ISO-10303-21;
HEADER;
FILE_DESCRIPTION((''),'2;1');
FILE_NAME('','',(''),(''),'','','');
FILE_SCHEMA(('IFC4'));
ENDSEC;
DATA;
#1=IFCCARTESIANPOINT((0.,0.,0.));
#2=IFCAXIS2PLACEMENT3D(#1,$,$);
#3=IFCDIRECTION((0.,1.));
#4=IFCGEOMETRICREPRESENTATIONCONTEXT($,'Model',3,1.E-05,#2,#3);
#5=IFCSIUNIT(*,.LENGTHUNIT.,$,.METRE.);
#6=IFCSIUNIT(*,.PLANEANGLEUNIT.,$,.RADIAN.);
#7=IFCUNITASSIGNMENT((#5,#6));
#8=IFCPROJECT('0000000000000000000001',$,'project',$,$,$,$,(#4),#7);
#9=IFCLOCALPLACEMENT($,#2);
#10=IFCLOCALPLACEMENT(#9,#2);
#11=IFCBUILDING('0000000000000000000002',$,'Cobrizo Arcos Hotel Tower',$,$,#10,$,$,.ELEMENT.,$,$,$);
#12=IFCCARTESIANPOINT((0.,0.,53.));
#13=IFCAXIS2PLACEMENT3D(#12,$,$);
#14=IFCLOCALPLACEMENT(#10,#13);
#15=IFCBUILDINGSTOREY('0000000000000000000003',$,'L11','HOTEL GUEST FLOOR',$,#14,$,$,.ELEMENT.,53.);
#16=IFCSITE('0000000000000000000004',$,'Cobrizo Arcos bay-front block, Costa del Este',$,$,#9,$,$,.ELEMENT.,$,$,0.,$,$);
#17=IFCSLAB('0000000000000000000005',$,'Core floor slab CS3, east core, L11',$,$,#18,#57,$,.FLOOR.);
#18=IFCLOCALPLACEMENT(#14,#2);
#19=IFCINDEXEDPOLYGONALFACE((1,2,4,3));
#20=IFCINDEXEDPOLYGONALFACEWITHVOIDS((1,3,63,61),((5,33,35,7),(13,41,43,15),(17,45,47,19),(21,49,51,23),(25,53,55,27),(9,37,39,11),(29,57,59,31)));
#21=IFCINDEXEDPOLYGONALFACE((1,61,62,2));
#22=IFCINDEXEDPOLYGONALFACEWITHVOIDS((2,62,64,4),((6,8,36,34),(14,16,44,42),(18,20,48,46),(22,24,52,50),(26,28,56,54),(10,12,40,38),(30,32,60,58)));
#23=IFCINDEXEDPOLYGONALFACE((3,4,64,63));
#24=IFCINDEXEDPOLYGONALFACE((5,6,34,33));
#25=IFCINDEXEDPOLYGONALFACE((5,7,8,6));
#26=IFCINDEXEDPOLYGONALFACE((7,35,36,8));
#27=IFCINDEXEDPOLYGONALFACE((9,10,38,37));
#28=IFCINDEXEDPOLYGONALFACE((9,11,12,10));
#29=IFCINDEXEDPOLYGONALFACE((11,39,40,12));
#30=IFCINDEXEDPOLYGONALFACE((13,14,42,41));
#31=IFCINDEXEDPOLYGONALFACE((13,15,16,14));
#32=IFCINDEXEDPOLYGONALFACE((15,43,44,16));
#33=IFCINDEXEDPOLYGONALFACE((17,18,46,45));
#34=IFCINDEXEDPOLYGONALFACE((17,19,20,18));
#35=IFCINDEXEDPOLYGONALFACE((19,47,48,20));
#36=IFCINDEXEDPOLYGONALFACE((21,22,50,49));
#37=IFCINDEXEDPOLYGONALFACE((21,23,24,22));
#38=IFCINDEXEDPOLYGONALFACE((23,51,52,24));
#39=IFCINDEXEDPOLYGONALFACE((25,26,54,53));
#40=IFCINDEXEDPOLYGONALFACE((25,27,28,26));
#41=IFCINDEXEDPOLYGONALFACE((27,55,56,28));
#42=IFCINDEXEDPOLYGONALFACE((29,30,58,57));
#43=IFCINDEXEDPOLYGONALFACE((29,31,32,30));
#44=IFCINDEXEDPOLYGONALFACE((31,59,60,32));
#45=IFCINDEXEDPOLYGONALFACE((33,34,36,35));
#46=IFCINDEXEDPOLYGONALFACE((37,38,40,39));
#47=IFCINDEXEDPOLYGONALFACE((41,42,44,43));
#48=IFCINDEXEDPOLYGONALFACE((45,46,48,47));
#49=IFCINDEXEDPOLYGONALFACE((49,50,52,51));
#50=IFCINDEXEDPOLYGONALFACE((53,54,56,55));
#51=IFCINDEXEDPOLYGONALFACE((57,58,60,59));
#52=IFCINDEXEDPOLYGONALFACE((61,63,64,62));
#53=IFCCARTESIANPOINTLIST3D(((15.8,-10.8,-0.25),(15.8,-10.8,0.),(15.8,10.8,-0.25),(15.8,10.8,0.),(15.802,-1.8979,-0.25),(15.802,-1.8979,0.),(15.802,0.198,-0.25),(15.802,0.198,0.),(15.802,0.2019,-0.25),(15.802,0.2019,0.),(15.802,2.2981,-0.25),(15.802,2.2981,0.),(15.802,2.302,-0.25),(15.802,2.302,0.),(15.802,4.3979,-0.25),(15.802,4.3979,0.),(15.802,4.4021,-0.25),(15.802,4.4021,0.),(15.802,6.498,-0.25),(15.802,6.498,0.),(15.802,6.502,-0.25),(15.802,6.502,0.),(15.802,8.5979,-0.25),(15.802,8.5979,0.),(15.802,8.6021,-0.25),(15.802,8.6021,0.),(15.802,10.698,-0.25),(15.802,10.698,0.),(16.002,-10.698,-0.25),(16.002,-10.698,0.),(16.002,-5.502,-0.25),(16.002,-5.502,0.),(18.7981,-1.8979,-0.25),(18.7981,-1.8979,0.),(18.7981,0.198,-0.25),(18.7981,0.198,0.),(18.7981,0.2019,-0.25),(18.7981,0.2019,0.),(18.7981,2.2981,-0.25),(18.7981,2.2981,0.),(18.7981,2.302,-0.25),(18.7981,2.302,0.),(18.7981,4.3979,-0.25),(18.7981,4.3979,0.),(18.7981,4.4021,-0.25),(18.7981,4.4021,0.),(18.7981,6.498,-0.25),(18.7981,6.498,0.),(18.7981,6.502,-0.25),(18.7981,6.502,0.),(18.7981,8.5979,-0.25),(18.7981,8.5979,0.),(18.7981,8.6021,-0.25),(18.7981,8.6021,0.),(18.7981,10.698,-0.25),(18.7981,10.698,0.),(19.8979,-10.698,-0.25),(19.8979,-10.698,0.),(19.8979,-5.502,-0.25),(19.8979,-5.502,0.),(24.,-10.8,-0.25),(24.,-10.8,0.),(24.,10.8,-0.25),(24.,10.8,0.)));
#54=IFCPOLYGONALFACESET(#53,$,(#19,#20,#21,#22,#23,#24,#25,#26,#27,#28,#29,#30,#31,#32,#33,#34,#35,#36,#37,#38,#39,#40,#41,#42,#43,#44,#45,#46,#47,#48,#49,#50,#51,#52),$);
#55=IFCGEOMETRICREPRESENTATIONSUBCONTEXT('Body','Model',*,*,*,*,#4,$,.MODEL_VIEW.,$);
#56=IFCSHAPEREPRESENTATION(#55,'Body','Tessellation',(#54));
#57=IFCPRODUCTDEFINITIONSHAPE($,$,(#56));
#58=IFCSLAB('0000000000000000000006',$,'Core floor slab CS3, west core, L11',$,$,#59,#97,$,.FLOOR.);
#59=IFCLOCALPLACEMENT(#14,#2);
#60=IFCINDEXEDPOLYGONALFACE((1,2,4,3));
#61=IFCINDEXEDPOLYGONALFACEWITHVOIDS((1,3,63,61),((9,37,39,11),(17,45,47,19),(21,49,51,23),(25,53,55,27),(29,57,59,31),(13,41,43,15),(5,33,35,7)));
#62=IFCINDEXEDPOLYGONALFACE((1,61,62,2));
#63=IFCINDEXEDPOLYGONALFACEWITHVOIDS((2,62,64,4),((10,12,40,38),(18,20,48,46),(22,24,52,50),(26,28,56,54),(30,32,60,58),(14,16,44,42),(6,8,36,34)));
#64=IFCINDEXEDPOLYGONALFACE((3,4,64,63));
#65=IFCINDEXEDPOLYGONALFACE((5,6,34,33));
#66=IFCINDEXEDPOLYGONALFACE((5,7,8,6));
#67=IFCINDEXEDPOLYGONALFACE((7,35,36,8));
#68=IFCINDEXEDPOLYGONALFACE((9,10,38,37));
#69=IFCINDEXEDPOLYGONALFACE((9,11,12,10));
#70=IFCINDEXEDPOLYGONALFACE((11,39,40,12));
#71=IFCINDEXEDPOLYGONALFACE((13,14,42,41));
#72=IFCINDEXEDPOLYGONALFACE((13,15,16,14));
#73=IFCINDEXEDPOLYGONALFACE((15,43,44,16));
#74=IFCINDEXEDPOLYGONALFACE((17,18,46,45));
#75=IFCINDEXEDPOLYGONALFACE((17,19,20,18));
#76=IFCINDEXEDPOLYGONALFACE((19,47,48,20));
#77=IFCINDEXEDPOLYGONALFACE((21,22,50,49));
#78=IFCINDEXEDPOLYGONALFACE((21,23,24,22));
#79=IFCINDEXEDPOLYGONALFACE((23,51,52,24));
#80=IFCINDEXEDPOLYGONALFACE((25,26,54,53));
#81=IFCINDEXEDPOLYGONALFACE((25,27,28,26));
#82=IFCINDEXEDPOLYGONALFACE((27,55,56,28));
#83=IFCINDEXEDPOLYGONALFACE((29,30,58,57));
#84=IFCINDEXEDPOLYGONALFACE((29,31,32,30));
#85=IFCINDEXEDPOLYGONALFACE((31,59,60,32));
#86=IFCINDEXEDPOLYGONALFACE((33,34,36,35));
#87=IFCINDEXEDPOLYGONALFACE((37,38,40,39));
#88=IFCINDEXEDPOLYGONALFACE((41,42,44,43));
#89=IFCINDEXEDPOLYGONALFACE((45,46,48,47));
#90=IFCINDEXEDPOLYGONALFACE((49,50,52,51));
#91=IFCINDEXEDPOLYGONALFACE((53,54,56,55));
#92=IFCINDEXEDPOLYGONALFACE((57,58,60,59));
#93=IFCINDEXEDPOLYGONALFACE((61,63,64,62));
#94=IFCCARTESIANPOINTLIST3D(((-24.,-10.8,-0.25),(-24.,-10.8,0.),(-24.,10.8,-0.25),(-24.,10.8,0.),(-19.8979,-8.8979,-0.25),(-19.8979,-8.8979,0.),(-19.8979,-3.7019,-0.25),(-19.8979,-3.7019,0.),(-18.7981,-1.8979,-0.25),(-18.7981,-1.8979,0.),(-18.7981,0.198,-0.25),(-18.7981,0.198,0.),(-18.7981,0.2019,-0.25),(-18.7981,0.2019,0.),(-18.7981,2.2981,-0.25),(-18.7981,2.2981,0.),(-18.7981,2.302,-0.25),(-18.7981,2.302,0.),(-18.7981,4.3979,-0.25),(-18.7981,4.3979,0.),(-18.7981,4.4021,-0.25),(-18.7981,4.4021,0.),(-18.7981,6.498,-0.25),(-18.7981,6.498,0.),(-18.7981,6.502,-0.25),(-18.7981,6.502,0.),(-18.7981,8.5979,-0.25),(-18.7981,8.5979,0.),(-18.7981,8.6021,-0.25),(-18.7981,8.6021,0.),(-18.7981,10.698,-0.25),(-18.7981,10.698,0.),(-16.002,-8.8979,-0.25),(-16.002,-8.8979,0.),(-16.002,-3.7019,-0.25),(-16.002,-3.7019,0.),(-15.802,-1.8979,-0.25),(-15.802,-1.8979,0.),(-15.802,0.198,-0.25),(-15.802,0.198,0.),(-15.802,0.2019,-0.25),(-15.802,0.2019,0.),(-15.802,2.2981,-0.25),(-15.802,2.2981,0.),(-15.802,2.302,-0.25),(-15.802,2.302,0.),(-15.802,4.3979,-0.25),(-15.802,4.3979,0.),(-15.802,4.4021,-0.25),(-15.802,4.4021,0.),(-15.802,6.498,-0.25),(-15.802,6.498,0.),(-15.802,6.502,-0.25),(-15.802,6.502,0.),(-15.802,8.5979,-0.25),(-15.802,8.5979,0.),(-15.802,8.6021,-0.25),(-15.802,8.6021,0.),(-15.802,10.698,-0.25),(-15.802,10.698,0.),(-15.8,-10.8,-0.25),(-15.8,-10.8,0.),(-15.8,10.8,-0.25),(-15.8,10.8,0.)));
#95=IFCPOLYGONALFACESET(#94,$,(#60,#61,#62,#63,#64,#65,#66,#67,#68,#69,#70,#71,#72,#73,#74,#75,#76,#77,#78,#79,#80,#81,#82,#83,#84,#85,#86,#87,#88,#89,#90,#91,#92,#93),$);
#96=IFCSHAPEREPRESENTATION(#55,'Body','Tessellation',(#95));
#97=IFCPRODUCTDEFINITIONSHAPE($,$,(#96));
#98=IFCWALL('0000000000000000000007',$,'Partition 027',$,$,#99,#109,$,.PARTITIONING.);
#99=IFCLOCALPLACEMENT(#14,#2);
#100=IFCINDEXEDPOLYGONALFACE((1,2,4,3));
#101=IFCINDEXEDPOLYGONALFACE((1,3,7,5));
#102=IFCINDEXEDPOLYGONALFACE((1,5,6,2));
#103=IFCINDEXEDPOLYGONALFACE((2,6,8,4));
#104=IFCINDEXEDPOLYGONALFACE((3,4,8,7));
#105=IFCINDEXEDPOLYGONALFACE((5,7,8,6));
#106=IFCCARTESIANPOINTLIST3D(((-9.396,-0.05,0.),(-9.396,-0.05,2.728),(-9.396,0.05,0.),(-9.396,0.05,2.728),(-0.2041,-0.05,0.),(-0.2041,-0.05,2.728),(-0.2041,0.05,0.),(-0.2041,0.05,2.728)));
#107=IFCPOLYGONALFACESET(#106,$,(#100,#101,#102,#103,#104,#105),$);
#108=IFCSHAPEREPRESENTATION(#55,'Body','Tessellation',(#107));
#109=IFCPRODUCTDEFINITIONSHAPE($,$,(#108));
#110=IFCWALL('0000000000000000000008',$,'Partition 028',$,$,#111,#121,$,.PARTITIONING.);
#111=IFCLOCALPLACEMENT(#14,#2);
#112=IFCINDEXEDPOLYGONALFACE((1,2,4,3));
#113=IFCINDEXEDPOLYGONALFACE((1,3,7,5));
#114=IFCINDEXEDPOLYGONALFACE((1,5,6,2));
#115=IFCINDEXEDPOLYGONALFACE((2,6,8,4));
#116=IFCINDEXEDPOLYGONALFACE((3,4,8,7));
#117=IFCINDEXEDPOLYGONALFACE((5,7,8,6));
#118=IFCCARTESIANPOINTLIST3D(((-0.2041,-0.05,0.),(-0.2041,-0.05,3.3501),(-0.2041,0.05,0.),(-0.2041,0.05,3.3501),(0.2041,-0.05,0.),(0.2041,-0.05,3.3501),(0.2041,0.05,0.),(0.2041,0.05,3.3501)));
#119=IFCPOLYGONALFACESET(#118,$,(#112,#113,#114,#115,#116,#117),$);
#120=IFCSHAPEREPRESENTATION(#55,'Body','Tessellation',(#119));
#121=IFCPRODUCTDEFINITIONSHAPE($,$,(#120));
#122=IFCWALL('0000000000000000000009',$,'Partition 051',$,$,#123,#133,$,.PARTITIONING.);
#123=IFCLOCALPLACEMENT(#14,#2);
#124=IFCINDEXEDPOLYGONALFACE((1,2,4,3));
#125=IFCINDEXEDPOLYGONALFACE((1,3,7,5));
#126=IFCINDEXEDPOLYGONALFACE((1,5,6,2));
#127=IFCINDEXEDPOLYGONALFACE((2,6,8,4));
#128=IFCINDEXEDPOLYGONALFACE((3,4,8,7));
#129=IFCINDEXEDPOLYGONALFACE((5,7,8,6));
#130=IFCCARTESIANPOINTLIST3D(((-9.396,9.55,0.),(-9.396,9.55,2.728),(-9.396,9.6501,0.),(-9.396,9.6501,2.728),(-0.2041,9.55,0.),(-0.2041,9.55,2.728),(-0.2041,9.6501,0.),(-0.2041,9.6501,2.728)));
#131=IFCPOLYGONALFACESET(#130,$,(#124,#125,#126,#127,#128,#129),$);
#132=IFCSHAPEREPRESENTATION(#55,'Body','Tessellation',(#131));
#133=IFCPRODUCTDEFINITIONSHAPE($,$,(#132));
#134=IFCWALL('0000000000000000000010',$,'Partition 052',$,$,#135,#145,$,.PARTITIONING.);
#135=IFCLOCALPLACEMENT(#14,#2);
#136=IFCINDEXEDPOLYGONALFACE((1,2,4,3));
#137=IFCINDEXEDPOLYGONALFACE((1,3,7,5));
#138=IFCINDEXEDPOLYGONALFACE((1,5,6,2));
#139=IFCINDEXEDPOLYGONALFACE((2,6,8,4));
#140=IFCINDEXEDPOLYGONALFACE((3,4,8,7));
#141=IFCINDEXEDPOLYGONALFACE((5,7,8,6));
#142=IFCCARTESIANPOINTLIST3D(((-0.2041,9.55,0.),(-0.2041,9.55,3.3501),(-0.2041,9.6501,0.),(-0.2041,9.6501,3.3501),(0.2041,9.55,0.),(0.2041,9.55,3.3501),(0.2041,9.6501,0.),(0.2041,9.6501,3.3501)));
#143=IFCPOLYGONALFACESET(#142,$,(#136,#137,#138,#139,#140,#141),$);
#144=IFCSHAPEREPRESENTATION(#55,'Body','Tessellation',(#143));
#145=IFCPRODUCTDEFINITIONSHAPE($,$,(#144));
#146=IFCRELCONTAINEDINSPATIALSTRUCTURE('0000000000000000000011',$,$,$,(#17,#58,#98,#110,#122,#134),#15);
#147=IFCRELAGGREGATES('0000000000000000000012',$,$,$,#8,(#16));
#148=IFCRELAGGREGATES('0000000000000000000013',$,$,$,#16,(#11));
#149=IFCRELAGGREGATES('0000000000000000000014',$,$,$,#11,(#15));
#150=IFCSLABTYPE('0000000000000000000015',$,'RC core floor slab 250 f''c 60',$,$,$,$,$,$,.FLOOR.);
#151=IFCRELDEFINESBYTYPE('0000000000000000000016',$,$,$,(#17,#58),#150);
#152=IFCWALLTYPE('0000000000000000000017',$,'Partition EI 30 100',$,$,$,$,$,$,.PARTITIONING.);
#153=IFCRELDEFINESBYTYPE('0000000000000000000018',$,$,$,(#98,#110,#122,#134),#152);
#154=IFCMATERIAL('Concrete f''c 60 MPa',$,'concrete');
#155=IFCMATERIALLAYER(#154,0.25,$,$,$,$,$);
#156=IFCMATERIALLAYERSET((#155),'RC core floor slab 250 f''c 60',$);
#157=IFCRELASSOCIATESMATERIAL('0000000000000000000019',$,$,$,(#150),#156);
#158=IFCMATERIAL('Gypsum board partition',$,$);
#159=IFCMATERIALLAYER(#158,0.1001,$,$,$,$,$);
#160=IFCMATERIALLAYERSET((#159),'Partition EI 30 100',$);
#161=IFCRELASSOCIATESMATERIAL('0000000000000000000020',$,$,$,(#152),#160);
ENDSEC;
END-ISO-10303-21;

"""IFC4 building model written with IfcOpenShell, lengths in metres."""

from ifc_helpers import new_model, si_unit, direction, frame, frame_2d, origin, place, context, subcontext, project, spatial, polyline, rectangle, outline, extrude, material, layer, layer_set, type_object, element, save


model = new_model("IFC4")

# Units and contexts
model_context = context("Model", 3, precision=1e-05, world=origin(), true_north=direction((0.0, 1.0)))
body_context = subcontext(model_context, "Body", "Model", "MODEL_VIEW")
ifc_project = project(units=[si_unit("LENGTHUNIT", "METRE"), si_unit("PLANEANGLEUNIT", "RADIAN")], contexts=[model_context])

# Site, building, storey
site_placement = place(None, origin())
site = spatial("IfcSite", under=ifc_project, at=site_placement, Name="Cobrizo Arcos bay-front block, Costa del Este", CompositionType="ELEMENT", RefElevation=0.0)
building_placement = place(site_placement, origin())
building = spatial("IfcBuilding", under=site, at=building_placement, Name="Cobrizo Arcos Hotel Tower", CompositionType="ELEMENT")
storey_placement = place(building_placement, frame((0.0, 0.0, 53.0)))
storey = spatial("IfcBuildingStorey", under=building, at=storey_placement, Name="L11", Description="HOTEL GUEST FLOOR", CompositionType="ELEMENT", Elevation=53.0)

# Slabs
ifc_material_1 = material(Name="Concrete f'c 60 MPa", Category="concrete")
ifc_layer_1 = layer(ifc_material_1, 0.25)
ifc_layer_set_1 = layer_set([ifc_layer_1], Name="RC core floor slab 250 f'c 60")
slab_type_1 = type_object("IfcSlabType", Name="RC core floor slab 250 f'c 60", PredefinedType="FLOOR", material=ifc_layer_set_1)
slab_1_placement = place(storey_placement, frame((0.0, 0.0, -0.25)))
element("IfcSlab", 1, at=slab_1_placement, inside=storey, type_object=slab_type_1, Name="Core floor slab CS3, east core, L11", PredefinedType="FLOOR", context=body_context, shape_type="SweptSolid", body=[
    extrude(outline(polyline([(15.8, 10.8), (24.0, 10.8), (24.0, -10.8), (15.8, -10.8), (15.8, 10.8)]), holes=[polyline([(19.8979, -10.698), (19.8979, -5.502), (16.002, -5.502), (16.002, -10.698), (19.8979, -10.698)]), polyline([(15.802, 0.198), (15.802, -1.8979), (18.7981, -1.8979), (18.7981, 0.198), (15.802, 0.198)]), polyline([(18.7981, 2.2981), (15.802, 2.2981), (15.802, 0.2019), (18.7981, 0.2019), (18.7981, 2.2981)]), polyline([(18.7981, 4.3979), (15.802, 4.3979), (15.802, 2.302), (18.7981, 2.302), (18.7981, 4.3979)]), polyline([(15.802, 6.498), (15.802, 4.4021), (18.7981, 4.4021), (18.7981, 6.498), (15.802, 6.498)]), polyline([(18.7981, 8.5979), (15.802, 8.5979), (15.802, 6.502), (18.7981, 6.502), (18.7981, 8.5979)]), polyline([(18.7981, 10.698), (15.802, 10.698), (15.802, 8.6021), (18.7981, 8.6021), (18.7981, 10.698)])]), origin(), (0.0, 0.0, 1.0), 0.25),
])
slab_2_placement = place(storey_placement, frame((0.0, 0.0, -0.25)))
element("IfcSlab", 2, at=slab_2_placement, inside=storey, type_object=slab_type_1, Name="Core floor slab CS3, west core, L11", PredefinedType="FLOOR", context=body_context, shape_type="SweptSolid", body=[
    extrude(outline(polyline([(-24.0, 10.8), (-15.8, 10.8), (-15.8, -10.8), (-24.0, -10.8), (-24.0, 10.8)]), holes=[polyline([(-19.8979, -3.7019), (-19.8979, -8.8979), (-16.002, -8.8979), (-16.002, -3.7019), (-19.8979, -3.7019)]), polyline([(-18.7981, 0.198), (-18.7981, -1.8979), (-15.802, -1.8979), (-15.802, 0.198), (-18.7981, 0.198)]), polyline([(-15.802, 2.2981), (-18.7981, 2.2981), (-18.7981, 0.2019), (-15.802, 0.2019), (-15.802, 2.2981)]), polyline([(-15.802, 4.3979), (-18.7981, 4.3979), (-18.7981, 2.302), (-15.802, 2.302), (-15.802, 4.3979)]), polyline([(-18.7981, 6.498), (-18.7981, 4.4021), (-15.802, 4.4021), (-15.802, 6.498), (-18.7981, 6.498)]), polyline([(-15.802, 8.5979), (-18.7981, 8.5979), (-18.7981, 6.502), (-15.802, 6.502), (-15.802, 8.5979)]), polyline([(-15.802, 10.698), (-18.7981, 10.698), (-18.7981, 8.6021), (-15.802, 8.6021), (-15.802, 10.698)])]), origin(), (0.0, 0.0, 1.0), 0.25),
])

# Walls
ifc_material_2 = material(Name="Gypsum board partition")
ifc_layer_2 = layer(ifc_material_2, 0.1001)
ifc_layer_set_2 = layer_set([ifc_layer_2], Name="Partition EI 30 100")
wall_type = type_object("IfcWallType", Name="Partition EI 30 100", PredefinedType="PARTITIONING", material=ifc_layer_set_2)
wall_1_placement = place(storey_placement, frame((-9.396, 0.0, 0.0), z_axis=(0.0, 0.0, 1.0), x_axis=(1.0, 0.0, 0.0)))
element("IfcWall", 3, at=wall_1_placement, inside=storey, type_object=wall_type, Name="Partition 027", PredefinedType="PARTITIONING", context=body_context, shape_type="SweptSolid", body=[
    extrude(rectangle(XDim=9.1919, YDim=0.1001, at=frame_2d((4.5959, 0.0))), origin(), (0.0, 0.0, 1.0), 2.728),
])
wall_2_placement = place(storey_placement, frame((-0.2041, 0.0, 0.0), z_axis=(0.0, 0.0, 1.0), x_axis=(1.0, 0.0, 0.0)))
element("IfcWall", 4, at=wall_2_placement, inside=storey, type_object=wall_type, Name="Partition 028", PredefinedType="PARTITIONING", context=body_context, shape_type="SweptSolid", body=[
    extrude(rectangle(XDim=0.4082, YDim=0.1001, at=frame_2d((0.2041, 0.0))), origin(), (0.0, 0.0, 1.0), 3.3501),
])
wall_3_placement = place(storey_placement, frame((-9.396, 9.6001, 0.0), z_axis=(0.0, 0.0, 1.0), x_axis=(1.0, 0.0, 0.0)))
element("IfcWall", 5, at=wall_3_placement, inside=storey, type_object=wall_type, Name="Partition 051", PredefinedType="PARTITIONING", context=body_context, shape_type="SweptSolid", body=[
    extrude(rectangle(XDim=9.1919, YDim=0.1001, at=frame_2d((4.5959, 0.0))), origin(), (0.0, 0.0, 1.0), 2.728),
])
wall_4_placement = place(storey_placement, frame((-0.2041, 9.6001, 0.0), z_axis=(0.0, 0.0, 1.0), x_axis=(1.0, 0.0, 0.0)))
element("IfcWall", 6, at=wall_4_placement, inside=storey, type_object=wall_type, Name="Partition 052", PredefinedType="PARTITIONING", context=body_context, shape_type="SweptSolid", body=[
    extrude(rectangle(XDim=0.4082, YDim=0.1001, at=frame_2d((0.2041, 0.0))), origin(), (0.0, 0.0, 1.0), 3.3501),
])

save(model, "model.ifc")
